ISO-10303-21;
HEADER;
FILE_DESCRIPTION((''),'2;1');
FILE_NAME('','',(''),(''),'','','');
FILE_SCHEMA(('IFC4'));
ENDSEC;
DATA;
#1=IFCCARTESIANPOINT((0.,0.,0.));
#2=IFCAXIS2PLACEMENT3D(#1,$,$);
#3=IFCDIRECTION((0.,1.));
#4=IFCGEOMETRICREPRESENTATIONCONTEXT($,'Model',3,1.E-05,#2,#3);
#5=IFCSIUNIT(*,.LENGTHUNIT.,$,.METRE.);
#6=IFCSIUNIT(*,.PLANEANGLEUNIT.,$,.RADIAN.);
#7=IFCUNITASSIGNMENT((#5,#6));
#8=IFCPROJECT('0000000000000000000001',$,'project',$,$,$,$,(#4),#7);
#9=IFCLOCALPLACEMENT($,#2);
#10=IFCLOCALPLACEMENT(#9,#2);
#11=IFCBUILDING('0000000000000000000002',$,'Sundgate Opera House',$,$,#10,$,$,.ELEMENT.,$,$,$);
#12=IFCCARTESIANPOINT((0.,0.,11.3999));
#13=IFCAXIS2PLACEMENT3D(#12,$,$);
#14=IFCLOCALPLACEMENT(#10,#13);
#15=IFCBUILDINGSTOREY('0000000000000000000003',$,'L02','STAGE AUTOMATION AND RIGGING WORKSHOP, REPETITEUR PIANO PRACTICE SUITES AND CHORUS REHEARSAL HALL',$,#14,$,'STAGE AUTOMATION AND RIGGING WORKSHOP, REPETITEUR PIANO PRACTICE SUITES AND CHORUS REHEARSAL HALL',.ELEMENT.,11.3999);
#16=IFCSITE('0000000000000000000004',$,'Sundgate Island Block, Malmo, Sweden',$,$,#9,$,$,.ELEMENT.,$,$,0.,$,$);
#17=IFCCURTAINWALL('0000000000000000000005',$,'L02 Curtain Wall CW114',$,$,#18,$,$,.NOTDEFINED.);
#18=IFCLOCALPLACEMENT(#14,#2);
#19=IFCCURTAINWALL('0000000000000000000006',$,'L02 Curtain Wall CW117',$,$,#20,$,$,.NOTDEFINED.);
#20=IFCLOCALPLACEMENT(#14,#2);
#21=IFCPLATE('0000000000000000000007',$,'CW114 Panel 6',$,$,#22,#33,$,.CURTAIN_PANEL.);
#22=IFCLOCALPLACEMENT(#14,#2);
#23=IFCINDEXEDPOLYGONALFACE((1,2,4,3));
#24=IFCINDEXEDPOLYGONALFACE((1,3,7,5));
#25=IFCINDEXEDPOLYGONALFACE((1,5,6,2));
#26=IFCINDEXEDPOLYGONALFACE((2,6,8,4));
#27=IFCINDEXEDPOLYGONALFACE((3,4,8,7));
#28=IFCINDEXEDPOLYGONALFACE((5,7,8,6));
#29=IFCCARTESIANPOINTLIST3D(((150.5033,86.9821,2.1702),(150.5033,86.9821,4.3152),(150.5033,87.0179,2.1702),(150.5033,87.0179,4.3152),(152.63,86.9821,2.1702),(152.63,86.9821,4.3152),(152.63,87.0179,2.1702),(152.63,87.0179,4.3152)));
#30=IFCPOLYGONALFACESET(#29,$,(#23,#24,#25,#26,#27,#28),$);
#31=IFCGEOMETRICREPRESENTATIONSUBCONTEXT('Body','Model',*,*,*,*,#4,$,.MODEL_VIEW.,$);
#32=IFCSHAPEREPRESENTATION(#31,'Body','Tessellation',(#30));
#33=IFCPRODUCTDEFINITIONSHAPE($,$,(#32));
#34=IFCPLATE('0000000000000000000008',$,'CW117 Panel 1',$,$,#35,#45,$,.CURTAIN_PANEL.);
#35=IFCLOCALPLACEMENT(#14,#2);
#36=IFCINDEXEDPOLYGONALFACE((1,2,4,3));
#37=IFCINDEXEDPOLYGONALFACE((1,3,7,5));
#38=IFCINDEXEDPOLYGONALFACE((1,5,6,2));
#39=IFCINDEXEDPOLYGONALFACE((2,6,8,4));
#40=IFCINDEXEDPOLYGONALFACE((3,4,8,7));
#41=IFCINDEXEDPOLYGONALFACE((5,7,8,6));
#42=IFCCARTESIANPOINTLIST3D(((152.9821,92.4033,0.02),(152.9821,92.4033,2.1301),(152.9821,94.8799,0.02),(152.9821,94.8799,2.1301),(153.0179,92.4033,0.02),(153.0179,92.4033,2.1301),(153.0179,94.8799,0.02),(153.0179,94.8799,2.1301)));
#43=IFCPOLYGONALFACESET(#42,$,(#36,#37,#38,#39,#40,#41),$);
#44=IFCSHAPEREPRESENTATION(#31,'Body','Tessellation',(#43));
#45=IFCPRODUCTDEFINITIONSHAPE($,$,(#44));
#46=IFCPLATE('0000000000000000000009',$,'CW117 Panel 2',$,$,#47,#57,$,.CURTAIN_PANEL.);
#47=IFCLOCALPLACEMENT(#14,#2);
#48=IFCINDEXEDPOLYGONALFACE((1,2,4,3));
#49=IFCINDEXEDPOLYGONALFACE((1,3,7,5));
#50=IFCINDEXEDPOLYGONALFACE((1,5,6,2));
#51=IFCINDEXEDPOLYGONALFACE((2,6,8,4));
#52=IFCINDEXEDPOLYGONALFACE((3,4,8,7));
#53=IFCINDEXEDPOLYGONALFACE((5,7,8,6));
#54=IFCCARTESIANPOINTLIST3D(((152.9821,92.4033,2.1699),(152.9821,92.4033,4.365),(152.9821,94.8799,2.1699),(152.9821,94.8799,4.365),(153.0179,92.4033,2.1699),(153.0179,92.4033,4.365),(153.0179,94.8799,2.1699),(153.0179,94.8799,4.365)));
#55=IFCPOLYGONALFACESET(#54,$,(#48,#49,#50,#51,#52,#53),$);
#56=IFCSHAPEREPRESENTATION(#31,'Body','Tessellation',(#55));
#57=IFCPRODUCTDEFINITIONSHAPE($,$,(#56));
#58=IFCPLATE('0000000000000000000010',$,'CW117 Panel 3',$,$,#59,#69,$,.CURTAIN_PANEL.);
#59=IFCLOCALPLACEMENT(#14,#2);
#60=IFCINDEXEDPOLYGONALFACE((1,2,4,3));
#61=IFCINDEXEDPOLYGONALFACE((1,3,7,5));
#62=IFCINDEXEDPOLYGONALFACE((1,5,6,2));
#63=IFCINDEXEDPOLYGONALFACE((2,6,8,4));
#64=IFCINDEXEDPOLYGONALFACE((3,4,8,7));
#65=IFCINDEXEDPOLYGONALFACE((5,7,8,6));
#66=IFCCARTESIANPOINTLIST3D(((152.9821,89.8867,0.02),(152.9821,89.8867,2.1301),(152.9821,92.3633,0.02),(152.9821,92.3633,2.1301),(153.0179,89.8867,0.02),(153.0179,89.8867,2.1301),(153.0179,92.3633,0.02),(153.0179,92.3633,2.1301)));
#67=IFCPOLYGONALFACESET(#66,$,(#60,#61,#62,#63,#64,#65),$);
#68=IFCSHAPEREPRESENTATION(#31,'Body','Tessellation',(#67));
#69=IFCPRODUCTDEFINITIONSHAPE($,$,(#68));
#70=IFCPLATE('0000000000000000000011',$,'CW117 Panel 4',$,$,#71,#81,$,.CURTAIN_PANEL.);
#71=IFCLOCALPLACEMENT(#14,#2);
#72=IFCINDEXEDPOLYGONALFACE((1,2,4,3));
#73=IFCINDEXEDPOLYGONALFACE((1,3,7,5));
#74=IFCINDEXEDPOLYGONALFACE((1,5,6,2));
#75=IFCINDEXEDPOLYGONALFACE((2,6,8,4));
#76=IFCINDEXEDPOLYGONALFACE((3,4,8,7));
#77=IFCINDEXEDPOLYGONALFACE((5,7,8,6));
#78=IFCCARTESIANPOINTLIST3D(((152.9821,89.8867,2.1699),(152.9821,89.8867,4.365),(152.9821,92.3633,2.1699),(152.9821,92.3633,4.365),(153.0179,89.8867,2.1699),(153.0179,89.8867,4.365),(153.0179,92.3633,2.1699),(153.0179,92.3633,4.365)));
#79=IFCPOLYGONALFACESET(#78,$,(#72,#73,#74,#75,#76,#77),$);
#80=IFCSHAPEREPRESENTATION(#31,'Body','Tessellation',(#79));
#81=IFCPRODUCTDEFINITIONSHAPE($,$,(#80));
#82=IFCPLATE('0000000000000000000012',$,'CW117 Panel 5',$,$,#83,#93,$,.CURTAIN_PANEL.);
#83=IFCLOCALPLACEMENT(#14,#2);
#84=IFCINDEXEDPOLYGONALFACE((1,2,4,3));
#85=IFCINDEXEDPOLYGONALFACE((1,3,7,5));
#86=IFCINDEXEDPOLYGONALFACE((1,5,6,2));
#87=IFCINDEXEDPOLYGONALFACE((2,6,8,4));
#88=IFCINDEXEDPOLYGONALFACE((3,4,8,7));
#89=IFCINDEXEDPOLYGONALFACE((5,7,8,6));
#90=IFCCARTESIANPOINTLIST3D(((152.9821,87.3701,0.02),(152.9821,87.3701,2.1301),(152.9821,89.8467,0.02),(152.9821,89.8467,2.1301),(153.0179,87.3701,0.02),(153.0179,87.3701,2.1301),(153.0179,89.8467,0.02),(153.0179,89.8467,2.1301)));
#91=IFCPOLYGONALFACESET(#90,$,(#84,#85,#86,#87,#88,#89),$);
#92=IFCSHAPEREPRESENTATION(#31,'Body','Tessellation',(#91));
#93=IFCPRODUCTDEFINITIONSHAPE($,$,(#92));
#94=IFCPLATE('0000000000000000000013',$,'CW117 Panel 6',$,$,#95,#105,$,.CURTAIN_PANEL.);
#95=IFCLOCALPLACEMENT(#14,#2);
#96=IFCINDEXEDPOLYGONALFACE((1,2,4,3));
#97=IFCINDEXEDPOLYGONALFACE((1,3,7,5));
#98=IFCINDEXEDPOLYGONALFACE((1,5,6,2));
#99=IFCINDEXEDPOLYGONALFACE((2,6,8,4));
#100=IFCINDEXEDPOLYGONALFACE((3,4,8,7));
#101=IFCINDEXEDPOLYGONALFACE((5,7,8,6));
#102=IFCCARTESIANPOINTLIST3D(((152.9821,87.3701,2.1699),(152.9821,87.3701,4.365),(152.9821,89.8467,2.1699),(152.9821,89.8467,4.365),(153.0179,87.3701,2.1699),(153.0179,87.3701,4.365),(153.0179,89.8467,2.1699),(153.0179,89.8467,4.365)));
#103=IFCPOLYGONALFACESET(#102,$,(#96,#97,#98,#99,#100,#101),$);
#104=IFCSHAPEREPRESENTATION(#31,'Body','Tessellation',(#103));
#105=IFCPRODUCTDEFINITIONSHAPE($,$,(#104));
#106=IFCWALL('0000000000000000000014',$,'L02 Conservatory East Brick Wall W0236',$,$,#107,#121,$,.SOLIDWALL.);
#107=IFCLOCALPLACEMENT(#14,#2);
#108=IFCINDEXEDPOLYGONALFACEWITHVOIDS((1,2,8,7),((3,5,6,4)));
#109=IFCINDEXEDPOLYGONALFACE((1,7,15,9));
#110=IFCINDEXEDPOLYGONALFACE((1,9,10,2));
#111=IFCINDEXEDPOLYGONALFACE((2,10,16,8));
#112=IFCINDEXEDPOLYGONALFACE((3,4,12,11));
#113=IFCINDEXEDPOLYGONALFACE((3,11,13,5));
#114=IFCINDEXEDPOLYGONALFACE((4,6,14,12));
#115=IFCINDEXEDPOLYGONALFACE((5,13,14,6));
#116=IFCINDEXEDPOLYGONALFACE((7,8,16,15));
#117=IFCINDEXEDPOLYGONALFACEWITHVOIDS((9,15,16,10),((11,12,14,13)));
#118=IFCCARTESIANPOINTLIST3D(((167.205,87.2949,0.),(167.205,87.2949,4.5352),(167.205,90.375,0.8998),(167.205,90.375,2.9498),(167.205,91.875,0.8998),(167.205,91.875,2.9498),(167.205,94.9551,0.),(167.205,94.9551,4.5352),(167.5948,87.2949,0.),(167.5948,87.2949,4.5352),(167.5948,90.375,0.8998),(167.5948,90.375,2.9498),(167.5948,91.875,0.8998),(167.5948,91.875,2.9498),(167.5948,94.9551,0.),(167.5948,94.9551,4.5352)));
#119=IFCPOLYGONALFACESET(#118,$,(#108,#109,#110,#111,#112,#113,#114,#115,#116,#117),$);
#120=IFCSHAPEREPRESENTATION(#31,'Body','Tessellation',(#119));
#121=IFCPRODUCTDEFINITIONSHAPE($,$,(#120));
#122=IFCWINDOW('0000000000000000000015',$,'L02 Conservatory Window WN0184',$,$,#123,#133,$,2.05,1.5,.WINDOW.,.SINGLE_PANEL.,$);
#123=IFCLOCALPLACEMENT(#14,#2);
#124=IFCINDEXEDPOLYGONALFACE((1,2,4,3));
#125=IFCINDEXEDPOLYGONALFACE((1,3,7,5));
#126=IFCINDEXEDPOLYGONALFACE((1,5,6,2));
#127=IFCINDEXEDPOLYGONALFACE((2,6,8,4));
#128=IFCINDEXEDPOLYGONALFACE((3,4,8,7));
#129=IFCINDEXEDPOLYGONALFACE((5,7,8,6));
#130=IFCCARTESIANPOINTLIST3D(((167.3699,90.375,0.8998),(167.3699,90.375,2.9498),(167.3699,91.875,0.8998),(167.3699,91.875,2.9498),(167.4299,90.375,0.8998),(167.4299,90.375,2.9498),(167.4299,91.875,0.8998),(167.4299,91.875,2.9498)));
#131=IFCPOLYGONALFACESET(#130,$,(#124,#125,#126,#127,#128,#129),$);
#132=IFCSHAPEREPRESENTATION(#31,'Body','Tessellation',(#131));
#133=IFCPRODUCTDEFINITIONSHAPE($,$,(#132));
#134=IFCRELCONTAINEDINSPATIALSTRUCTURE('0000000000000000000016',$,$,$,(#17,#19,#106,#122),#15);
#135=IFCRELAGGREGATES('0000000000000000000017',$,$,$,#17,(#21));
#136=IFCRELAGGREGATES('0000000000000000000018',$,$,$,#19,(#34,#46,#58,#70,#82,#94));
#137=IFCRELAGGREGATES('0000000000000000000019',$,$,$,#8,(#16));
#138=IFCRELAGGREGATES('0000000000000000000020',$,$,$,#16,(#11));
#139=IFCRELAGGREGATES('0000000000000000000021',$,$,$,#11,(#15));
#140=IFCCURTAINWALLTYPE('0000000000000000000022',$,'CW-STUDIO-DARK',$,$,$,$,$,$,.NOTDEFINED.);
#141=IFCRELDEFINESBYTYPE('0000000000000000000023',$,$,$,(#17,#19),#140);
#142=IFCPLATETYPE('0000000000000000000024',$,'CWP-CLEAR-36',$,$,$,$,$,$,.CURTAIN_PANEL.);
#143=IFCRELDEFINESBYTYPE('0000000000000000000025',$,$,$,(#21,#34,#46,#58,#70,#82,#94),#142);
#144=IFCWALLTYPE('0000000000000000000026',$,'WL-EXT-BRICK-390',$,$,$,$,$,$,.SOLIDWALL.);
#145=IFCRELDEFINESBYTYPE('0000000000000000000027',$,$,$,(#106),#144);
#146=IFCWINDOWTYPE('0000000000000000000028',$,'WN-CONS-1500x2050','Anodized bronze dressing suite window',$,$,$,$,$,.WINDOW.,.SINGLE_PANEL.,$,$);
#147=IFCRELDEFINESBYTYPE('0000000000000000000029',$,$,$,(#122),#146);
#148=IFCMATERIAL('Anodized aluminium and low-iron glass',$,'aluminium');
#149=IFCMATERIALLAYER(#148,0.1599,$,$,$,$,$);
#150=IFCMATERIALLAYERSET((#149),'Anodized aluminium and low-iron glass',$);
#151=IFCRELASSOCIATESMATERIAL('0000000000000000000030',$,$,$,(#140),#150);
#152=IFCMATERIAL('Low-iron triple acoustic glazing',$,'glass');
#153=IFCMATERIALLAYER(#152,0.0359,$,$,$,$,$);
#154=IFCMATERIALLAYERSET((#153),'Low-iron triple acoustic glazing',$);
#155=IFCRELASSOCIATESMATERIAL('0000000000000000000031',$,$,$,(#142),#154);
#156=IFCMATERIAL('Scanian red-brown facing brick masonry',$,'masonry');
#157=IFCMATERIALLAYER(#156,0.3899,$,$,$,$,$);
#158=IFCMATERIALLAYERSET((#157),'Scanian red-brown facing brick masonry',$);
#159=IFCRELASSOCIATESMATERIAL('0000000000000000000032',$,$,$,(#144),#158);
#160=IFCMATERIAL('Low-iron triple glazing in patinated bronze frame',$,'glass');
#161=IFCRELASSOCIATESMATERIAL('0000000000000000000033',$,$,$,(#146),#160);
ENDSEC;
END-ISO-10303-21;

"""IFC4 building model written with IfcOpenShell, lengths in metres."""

from ifc_helpers import new_model, si_unit, direction, frame, frame_2d, origin, origin_2d, place, context, subcontext, project, spatial, rectangle, extrude, material, layer, layer_set, type_object, element, fill, aggregate, save


model = new_model("IFC4")

# Units and contexts
model_context = context("Model", 3, precision=1e-05, world=origin(), true_north=direction((0.0, 1.0)))
body_context = subcontext(model_context, "Body", "Model", "MODEL_VIEW")
ifc_project = project(units=[si_unit("LENGTHUNIT", "METRE"), si_unit("PLANEANGLEUNIT", "RADIAN")], contexts=[model_context])

# Site, building, storey
site_placement = place(None, origin())
site = spatial("IfcSite", under=ifc_project, at=site_placement, Name="Sundgate Island Block, Malmo, Sweden", CompositionType="ELEMENT", RefElevation=0.0)
building_placement = place(site_placement, origin())
building = spatial("IfcBuilding", under=site, at=building_placement, Name="Sundgate Opera House", CompositionType="ELEMENT")
storey_placement = place(building_placement, frame((0.0, 0.0, 11.3999)))
storey = spatial("IfcBuildingStorey", under=building, at=storey_placement, Name="L02", Description="STAGE AUTOMATION AND RIGGING WORKSHOP, REPETITEUR PIANO PRACTICE SUITES AND CHORUS REHEARSAL HALL", LongName="STAGE AUTOMATION AND RIGGING WORKSHOP, REPETITEUR PIANO PRACTICE SUITES AND CHORUS REHEARSAL HALL", CompositionType="ELEMENT", Elevation=11.3999)

# Curtain wall
ifc_material_1 = material(Name="Anodized aluminium and low-iron glass", Category="aluminium")
ifc_layer_1 = layer(ifc_material_1, 0.1599)
ifc_layer_set_1 = layer_set([ifc_layer_1], Name="Anodized aluminium and low-iron glass")
curtain_wall_type = type_object("IfcCurtainWallType", Name="CW-STUDIO-DARK", PredefinedType="NOTDEFINED", material=ifc_layer_set_1)
curtain_wall_1_placement = place(storey_placement, origin())
curtain_wall_1 = element("IfcCurtainWall", 1, at=curtain_wall_1_placement, inside=storey, type_object=curtain_wall_type, Name="L02 Curtain Wall CW114", PredefinedType="NOTDEFINED")

# Curtain wall
curtain_wall_2_placement = place(storey_placement, origin())
curtain_wall_2 = element("IfcCurtainWall", 2, at=curtain_wall_2_placement, inside=storey, type_object=curtain_wall_type, Name="L02 Curtain Wall CW117", PredefinedType="NOTDEFINED")

# Plates
ifc_material_2 = material(Name="Low-iron triple acoustic glazing", Category="glass")
ifc_layer_2 = layer(ifc_material_2, 0.0359)
ifc_layer_set_2 = layer_set([ifc_layer_2], Name="Low-iron triple acoustic glazing")
plate_type = type_object("IfcPlateType", Name="CWP-CLEAR-36", PredefinedType="CURTAIN_PANEL", material=ifc_layer_set_2)
plate_1_placement = place(storey_placement, frame((151.5667, 87.0, 2.1702), z_axis=(0.0, 0.0, 1.0), x_axis=(1.0, 0.0, 0.0)))
plate_1 = element("IfcPlate", 3, at=plate_1_placement, type_object=plate_type, Name="CW114 Panel 6", PredefinedType="CURTAIN_PANEL", context=body_context, shape_type="SweptSolid", body=[
    extrude(rectangle(XDim=2.1267, YDim=0.0359, at=origin_2d()), origin(), (0.0, 0.0, 1.0), 2.145),
])
aggregate(curtain_wall_1, [plate_1])
plate_2_placement = place(storey_placement, frame((153.0, 93.6416, 0.02), z_axis=(0.0, 0.0, 1.0), x_axis=(0.0, -1.0, 0.0)))
plate_2 = element("IfcPlate", 4, at=plate_2_placement, type_object=plate_type, Name="CW117 Panel 1", PredefinedType="CURTAIN_PANEL", context=body_context, shape_type="SweptSolid", body=[
    extrude(rectangle(XDim=2.4766, YDim=0.0359, at=origin_2d()), origin(), (0.0, 0.0, 1.0), 2.1101),
])
plate_3_placement = place(storey_placement, frame((153.0, 93.6416, 2.1699), z_axis=(0.0, 0.0, 1.0), x_axis=(0.0, -1.0, 0.0)))
plate_3 = element("IfcPlate", 5, at=plate_3_placement, type_object=plate_type, Name="CW117 Panel 2", PredefinedType="CURTAIN_PANEL", context=body_context, shape_type="SweptSolid", body=[
    extrude(rectangle(XDim=2.4766, YDim=0.0359, at=origin_2d()), origin(), (0.0, 0.0, 1.0), 2.1951),
])
plate_4_placement = place(storey_placement, frame((153.0, 91.125, 0.02), z_axis=(0.0, 0.0, 1.0), x_axis=(0.0, -1.0, 0.0)))
plate_4 = element("IfcPlate", 6, at=plate_4_placement, type_object=plate_type, Name="CW117 Panel 3", PredefinedType="CURTAIN_PANEL", context=body_context, shape_type="SweptSolid", body=[
    extrude(rectangle(XDim=2.4766, YDim=0.0359, at=origin_2d()), origin(), (0.0, 0.0, 1.0), 2.1101),
])
plate_5_placement = place(storey_placement, frame((153.0, 91.125, 2.1699), z_axis=(0.0, 0.0, 1.0), x_axis=(0.0, -1.0, 0.0)))
plate_5 = element("IfcPlate", 7, at=plate_5_placement, type_object=plate_type, Name="CW117 Panel 4", PredefinedType="CURTAIN_PANEL", context=body_context, shape_type="SweptSolid", body=[
    extrude(rectangle(XDim=2.4766, YDim=0.0359, at=origin_2d()), origin(), (0.0, 0.0, 1.0), 2.1951),
])
plate_6_placement = place(storey_placement, frame((153.0, 88.6084, 0.02), z_axis=(0.0, 0.0, 1.0), x_axis=(0.0, -1.0, 0.0)))
plate_6 = element("IfcPlate", 8, at=plate_6_placement, type_object=plate_type, Name="CW117 Panel 5", PredefinedType="CURTAIN_PANEL", context=body_context, shape_type="SweptSolid", body=[
    extrude(rectangle(XDim=2.4766, YDim=0.0359, at=origin_2d()), origin(), (0.0, 0.0, 1.0), 2.1101),
])
plate_7_placement = place(storey_placement, frame((153.0, 88.6084, 2.1699), z_axis=(0.0, 0.0, 1.0), x_axis=(0.0, -1.0, 0.0)))
plate_7 = element("IfcPlate", 9, at=plate_7_placement, type_object=plate_type, Name="CW117 Panel 6", PredefinedType="CURTAIN_PANEL", context=body_context, shape_type="SweptSolid", body=[
    extrude(rectangle(XDim=2.4766, YDim=0.0359, at=origin_2d()), origin(), (0.0, 0.0, 1.0), 2.1951),
])
aggregate(curtain_wall_2, [plate_2, plate_3, plate_4, plate_5, plate_6, plate_7])

# Wall, opening, window
ifc_material_3 = material(Name="Scanian red-brown facing brick masonry", Category="masonry")
ifc_layer_3 = layer(ifc_material_3, 0.3899)
ifc_layer_set_3 = layer_set([ifc_layer_3], Name="Scanian red-brown facing brick masonry")
wall_type = type_object("IfcWallType", Name="WL-EXT-BRICK-390", PredefinedType="SOLIDWALL", material=ifc_layer_set_3)
wall_placement = place(storey_placement, frame((167.3999, 94.9551, 0.0), z_axis=(0.0, 0.0, 1.0), x_axis=(0.0, -1.0, 0.0)))
wall = element("IfcWall", 10, at=wall_placement, inside=storey, type_object=wall_type, Name="L02 Conservatory East Brick Wall W0236", PredefinedType="SOLIDWALL", context=body_context, shape_type="SweptSolid", body=[
    extrude(rectangle(XDim=7.6602, YDim=0.3899, at=frame_2d((3.8301, 0.0))), origin(), (0.0, 0.0, 1.0), 4.5352),
])
opening_placement = place(wall_placement, frame((3.0801, 0.0, 0.8999)))
opening = element("IfcOpeningElement", 11, at=opening_placement, cuts=wall, PredefinedType="OPENING", context=body_context, shape_type="SweptSolid", body=[
    extrude(rectangle(XDim=1.5, YDim=2.05, at=frame_2d((0.75, 1.0249))), frame((0.0, 0.2048, 0.0), z_axis=(0.0, -1.0, 0.0), x_axis=(1.0, 0.0, 0.0)), (0.0, 0.0, 1.0), 0.4099),
])
ifc_material_4 = material(Name="Low-iron triple glazing in patinated bronze frame", Category="glass")
window_type = type_object("IfcWindowType", Name="WN-CONS-1500x2050", Description="Anodized bronze dressing suite window", PartitioningType="SINGLE_PANEL", PredefinedType="WINDOW", material=ifc_material_4)
window_placement = place(opening_placement, origin())
window = element("IfcWindow", 12, at=window_placement, inside=storey, type_object=window_type, Name="L02 Conservatory Window WN0184", OverallHeight=2.05, OverallWidth=1.5, PartitioningType="SINGLE_PANEL", PredefinedType="WINDOW", context=body_context, shape_type="SweptSolid", body=[
    extrude(rectangle(XDim=1.5, YDim=2.05, at=frame_2d((0.75, 1.0249))), frame((0.0, 0.03, 0.0), z_axis=(0.0, -1.0, 0.0), x_axis=(1.0, 0.0, 0.0)), (0.0, 0.0, 1.0), 0.0601),
])
fill(opening, window)

save(model, "model.ifc")
